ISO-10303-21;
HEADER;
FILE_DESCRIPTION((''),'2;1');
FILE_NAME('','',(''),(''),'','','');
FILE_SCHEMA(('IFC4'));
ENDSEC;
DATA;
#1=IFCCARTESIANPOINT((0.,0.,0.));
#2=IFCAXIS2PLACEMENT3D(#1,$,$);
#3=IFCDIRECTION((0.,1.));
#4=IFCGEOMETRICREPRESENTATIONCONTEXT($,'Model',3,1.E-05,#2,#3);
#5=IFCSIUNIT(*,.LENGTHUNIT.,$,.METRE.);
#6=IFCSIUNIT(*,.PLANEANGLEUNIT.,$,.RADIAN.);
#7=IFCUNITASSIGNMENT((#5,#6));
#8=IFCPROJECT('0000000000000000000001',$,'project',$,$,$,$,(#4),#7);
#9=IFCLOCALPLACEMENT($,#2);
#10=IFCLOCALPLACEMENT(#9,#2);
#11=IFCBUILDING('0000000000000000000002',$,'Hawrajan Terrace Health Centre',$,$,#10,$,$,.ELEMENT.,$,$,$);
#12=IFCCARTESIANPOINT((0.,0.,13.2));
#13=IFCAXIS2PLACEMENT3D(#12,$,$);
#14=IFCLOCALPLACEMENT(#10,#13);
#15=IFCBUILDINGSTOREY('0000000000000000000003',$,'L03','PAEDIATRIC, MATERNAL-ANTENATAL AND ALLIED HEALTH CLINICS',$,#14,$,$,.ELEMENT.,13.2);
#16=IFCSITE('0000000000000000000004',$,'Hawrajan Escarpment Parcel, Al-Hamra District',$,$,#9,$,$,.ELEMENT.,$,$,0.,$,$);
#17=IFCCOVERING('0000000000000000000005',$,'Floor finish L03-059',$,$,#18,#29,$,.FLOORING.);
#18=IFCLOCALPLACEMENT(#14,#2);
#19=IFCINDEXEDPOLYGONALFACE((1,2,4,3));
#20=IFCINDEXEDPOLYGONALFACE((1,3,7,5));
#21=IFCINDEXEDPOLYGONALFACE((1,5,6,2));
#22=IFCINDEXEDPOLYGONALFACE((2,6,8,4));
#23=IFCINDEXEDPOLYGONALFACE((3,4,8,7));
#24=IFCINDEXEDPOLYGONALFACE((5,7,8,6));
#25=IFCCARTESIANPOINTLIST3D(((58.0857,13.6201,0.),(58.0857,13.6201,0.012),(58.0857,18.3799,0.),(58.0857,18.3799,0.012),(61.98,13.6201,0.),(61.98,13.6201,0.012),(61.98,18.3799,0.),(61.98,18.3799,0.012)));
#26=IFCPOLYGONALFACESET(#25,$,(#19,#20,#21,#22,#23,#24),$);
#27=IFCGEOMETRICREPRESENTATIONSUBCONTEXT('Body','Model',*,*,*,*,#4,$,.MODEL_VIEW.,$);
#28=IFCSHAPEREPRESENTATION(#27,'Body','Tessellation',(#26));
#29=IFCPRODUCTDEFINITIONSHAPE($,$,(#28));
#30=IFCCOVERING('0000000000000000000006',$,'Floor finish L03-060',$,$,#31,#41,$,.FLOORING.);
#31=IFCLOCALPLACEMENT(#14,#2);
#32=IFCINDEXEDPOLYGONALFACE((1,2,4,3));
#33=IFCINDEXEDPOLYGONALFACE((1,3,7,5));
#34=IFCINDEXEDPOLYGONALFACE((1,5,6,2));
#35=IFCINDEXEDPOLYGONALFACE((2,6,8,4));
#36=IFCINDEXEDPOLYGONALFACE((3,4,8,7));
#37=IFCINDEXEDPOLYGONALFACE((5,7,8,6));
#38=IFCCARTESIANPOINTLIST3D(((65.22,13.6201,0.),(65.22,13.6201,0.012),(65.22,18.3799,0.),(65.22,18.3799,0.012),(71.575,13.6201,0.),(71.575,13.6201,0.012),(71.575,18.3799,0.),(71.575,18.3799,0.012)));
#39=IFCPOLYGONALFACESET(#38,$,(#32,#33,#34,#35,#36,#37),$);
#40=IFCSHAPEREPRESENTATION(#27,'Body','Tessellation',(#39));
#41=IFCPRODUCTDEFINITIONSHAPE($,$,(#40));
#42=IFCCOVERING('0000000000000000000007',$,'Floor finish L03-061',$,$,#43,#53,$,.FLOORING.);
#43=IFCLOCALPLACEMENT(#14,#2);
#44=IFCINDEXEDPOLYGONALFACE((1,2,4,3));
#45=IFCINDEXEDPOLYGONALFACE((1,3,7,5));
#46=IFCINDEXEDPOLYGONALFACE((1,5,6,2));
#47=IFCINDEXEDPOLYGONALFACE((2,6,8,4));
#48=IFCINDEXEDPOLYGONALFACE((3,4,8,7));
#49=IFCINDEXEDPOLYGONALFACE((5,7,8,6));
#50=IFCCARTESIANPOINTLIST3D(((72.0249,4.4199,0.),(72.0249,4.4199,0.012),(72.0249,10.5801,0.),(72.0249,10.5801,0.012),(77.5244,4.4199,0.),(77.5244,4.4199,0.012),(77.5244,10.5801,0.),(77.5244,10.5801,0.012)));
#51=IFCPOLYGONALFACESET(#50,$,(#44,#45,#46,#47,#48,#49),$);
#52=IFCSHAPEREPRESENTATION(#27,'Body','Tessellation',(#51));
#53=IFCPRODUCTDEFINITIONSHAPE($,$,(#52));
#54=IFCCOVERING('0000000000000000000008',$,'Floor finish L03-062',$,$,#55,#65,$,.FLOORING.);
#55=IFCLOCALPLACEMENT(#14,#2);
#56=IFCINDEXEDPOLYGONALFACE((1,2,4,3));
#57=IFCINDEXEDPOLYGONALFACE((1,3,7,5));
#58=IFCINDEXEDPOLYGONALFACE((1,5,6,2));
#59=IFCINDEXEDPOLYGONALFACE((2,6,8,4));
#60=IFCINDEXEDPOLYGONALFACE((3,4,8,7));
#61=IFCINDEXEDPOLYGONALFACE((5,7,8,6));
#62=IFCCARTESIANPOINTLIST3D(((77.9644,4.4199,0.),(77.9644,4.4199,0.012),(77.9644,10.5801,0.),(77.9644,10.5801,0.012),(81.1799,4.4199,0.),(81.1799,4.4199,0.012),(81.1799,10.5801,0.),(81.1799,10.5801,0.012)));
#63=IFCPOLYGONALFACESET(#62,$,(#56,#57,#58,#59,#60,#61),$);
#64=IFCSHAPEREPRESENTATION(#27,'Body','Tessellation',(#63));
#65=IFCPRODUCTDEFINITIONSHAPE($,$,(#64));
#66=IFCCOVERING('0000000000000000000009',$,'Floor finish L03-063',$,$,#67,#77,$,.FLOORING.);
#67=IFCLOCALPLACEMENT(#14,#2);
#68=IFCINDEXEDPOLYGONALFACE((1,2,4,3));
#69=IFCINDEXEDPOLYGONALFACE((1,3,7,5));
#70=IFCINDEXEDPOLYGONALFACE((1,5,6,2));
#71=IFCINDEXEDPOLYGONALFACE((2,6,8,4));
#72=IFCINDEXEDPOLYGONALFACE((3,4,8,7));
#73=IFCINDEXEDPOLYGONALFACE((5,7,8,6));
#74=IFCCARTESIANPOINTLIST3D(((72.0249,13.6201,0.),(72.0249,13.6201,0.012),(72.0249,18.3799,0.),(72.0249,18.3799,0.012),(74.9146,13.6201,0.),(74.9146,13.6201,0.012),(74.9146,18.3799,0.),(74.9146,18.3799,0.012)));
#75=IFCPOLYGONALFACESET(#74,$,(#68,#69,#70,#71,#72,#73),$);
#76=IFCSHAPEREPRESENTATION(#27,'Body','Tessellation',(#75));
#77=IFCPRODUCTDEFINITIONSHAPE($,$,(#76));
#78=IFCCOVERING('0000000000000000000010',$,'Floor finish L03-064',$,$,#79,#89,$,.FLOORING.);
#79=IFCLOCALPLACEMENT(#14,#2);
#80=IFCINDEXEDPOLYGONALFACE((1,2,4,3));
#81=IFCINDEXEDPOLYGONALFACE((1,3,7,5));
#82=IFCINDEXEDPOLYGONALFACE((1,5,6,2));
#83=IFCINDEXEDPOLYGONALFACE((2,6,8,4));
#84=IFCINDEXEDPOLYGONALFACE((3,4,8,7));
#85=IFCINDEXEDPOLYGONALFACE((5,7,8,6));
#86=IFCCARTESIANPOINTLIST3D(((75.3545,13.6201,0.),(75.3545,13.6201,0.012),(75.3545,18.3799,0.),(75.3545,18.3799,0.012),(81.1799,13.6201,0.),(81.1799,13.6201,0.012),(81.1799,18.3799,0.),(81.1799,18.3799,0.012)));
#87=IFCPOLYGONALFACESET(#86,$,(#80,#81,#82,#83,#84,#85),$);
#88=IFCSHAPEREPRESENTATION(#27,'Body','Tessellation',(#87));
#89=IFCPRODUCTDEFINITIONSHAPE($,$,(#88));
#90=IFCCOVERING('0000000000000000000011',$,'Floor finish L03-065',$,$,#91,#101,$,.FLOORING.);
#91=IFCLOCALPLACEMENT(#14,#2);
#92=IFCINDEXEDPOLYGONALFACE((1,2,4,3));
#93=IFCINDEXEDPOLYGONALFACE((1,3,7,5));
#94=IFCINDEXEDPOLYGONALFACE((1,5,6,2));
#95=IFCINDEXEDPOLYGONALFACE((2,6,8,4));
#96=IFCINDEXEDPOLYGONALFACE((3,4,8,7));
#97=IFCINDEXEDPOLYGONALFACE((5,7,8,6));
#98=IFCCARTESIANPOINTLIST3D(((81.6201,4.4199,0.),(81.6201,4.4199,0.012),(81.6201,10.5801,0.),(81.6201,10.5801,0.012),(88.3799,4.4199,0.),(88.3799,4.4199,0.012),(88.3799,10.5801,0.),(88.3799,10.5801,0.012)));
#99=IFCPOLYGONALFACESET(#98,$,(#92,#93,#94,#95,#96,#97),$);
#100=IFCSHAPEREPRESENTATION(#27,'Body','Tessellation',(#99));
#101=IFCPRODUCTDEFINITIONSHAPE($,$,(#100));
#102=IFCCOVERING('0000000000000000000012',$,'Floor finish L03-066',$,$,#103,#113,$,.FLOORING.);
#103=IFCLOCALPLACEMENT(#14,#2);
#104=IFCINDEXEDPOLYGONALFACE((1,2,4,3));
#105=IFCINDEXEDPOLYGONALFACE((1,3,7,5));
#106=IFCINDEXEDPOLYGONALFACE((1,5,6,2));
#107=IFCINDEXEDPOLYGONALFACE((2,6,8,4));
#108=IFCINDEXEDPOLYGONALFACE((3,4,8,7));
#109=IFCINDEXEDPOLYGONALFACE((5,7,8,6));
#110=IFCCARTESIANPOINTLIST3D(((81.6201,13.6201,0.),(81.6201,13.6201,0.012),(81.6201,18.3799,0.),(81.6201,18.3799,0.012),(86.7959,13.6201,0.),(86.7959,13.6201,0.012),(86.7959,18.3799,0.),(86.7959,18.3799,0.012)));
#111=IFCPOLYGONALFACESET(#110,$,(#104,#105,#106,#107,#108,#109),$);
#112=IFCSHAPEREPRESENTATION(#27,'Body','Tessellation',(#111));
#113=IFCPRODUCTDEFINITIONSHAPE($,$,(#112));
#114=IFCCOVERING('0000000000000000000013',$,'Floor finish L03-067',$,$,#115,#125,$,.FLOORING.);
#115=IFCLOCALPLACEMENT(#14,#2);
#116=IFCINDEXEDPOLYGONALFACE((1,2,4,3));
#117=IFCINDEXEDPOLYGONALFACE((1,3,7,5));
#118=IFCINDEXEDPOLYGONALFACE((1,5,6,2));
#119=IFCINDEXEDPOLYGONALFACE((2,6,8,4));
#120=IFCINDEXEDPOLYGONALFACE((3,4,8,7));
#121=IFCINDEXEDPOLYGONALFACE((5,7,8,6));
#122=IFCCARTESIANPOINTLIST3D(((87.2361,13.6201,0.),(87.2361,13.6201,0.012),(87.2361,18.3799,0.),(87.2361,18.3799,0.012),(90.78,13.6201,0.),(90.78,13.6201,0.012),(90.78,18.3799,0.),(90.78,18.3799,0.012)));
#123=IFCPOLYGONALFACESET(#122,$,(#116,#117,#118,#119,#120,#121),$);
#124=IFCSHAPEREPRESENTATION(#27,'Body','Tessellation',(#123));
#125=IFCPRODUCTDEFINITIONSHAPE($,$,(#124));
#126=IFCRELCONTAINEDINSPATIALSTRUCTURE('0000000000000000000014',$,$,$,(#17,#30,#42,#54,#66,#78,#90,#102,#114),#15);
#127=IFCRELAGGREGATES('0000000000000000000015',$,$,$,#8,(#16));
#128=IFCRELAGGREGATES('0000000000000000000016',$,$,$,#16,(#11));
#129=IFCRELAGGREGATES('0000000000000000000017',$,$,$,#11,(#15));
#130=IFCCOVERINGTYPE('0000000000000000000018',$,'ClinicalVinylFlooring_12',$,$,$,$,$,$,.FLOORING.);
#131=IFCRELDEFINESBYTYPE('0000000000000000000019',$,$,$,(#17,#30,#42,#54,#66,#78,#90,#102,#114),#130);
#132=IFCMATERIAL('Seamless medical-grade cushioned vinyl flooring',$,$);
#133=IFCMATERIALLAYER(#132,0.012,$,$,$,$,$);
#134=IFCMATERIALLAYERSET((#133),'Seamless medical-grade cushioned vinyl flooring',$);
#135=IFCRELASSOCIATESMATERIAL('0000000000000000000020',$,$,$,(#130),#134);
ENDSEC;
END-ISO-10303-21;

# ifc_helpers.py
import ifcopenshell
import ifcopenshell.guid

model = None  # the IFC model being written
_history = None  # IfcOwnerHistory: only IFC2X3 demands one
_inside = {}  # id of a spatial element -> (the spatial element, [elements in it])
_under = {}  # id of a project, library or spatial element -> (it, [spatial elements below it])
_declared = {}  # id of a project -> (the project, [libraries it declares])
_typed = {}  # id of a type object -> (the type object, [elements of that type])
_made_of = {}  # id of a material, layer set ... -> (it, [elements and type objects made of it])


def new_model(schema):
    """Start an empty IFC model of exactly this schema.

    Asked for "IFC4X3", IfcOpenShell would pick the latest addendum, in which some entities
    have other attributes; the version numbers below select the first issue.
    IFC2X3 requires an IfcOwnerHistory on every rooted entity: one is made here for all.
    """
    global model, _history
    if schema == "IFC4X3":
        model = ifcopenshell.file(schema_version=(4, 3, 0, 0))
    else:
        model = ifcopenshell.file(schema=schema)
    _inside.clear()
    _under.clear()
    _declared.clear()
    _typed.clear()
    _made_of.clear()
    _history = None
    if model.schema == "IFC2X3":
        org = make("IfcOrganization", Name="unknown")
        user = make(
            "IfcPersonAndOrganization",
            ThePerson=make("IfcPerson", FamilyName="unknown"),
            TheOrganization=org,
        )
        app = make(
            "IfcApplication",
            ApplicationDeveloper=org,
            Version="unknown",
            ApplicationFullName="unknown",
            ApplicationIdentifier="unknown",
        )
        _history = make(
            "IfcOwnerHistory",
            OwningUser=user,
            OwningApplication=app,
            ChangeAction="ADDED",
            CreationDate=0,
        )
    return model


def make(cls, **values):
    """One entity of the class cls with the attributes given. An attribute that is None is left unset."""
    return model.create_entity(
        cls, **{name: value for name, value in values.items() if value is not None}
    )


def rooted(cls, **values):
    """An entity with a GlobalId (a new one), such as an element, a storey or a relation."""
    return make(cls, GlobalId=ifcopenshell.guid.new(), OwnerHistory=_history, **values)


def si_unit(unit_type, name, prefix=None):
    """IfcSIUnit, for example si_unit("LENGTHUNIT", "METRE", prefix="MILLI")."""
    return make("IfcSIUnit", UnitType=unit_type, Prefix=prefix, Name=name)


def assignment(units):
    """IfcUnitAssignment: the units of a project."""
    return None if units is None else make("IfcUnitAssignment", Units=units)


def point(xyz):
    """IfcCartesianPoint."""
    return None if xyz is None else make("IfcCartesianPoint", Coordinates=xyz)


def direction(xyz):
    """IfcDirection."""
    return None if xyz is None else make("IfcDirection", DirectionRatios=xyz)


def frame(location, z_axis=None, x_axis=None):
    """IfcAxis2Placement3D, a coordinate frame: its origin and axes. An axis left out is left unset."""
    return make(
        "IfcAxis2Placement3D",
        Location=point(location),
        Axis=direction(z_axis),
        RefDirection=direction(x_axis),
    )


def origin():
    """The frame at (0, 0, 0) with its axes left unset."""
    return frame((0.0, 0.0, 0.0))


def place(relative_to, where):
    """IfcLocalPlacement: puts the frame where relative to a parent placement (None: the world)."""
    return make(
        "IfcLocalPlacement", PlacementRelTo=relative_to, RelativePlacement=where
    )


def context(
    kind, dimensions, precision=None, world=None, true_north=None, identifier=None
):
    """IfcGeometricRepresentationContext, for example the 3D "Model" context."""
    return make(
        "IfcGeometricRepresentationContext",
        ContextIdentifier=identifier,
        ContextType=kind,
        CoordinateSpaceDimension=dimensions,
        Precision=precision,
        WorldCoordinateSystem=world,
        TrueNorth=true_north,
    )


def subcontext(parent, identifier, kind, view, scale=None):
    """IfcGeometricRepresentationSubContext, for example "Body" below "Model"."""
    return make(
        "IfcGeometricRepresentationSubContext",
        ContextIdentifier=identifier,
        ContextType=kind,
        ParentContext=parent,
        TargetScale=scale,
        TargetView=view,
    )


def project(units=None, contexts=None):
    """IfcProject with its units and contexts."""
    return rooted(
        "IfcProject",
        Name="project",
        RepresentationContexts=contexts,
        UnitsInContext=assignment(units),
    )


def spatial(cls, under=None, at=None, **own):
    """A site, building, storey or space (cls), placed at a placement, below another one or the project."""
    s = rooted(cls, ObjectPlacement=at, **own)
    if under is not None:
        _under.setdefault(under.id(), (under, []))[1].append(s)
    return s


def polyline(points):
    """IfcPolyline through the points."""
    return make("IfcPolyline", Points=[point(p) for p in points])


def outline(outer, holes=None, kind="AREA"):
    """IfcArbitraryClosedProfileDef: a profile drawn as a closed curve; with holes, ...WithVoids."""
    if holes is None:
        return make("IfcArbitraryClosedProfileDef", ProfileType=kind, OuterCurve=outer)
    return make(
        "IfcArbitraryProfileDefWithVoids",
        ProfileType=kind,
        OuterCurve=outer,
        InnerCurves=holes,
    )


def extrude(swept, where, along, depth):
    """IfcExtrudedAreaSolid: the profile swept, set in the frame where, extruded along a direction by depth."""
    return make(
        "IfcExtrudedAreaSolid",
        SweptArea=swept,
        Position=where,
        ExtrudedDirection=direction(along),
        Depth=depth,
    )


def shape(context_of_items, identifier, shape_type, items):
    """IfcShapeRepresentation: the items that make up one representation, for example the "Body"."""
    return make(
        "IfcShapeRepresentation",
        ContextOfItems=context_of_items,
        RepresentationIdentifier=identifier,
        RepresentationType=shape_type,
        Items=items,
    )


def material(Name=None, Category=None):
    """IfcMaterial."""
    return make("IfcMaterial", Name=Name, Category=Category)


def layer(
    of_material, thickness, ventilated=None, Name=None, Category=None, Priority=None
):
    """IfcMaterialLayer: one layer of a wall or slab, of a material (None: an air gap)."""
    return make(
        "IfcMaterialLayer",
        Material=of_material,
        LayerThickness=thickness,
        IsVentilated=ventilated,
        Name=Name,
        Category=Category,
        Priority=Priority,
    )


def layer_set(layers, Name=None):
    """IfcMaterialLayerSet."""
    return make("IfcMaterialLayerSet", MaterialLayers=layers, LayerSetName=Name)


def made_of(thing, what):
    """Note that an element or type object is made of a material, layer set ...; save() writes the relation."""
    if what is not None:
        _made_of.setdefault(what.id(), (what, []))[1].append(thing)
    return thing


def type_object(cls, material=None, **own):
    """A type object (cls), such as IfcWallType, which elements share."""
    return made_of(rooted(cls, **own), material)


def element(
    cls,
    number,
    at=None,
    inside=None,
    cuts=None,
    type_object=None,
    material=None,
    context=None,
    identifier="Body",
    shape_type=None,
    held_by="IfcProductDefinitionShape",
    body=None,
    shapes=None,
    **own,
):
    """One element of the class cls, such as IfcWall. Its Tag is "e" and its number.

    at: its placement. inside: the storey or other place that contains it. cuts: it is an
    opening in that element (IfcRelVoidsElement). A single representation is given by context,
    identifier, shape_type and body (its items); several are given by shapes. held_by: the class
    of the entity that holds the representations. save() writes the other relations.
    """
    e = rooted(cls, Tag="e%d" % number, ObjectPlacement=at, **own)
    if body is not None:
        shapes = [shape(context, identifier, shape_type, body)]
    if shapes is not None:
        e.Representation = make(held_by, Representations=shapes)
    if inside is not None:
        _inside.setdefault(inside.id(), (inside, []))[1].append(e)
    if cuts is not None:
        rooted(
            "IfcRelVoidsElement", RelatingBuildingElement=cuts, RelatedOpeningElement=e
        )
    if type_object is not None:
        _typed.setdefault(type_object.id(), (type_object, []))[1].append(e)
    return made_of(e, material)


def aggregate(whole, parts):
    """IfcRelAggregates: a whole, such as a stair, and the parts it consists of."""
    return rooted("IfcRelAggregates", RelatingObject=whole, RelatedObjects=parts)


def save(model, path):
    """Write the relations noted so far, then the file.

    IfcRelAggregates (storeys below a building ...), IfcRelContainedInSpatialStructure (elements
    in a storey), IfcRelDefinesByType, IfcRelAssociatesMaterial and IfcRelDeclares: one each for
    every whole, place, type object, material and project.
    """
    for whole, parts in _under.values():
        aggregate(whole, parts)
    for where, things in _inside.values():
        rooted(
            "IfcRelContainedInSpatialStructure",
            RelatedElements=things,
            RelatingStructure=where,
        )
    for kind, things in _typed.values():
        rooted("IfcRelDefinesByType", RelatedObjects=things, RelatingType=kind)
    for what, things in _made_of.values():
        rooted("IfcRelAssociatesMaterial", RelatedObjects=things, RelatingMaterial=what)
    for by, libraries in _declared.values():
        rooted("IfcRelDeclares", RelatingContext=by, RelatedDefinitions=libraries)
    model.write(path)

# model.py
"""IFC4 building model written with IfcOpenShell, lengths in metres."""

from ifc_helpers import new_model, si_unit, direction, frame, origin, place, context, subcontext, project, spatial, polyline, outline, extrude, material, layer, layer_set, type_object, element, save


model = new_model("IFC4")

# Units and contexts
model_context = context("Model", 3, precision=1e-05, world=origin(), true_north=direction((0.0, 1.0)))
body_context = subcontext(model_context, "Body", "Model", "MODEL_VIEW")
ifc_project = project(units=[si_unit("LENGTHUNIT", "METRE"), si_unit("PLANEANGLEUNIT", "RADIAN")], contexts=[model_context])

# Site, building, storey
site_placement = place(None, origin())
site = spatial("IfcSite", under=ifc_project, at=site_placement, Name="Hawrajan Escarpment Parcel, Al-Hamra District", CompositionType="ELEMENT", RefElevation=0.0)
building_placement = place(site_placement, origin())
building = spatial("IfcBuilding", under=site, at=building_placement, Name="Hawrajan Terrace Health Centre", CompositionType="ELEMENT")
storey_placement = place(building_placement, frame((0.0, 0.0, 13.2)))
storey = spatial("IfcBuildingStorey", under=building, at=storey_placement, Name="L03", Description="PAEDIATRIC, MATERNAL-ANTENATAL AND ALLIED HEALTH CLINICS", CompositionType="ELEMENT", Elevation=13.2)

# Coverings
ifc_material_1 = material(Name="Seamless medical-grade cushioned vinyl flooring")
ifc_layer_1 = layer(ifc_material_1, 0.012)
ifc_layer_set_1 = layer_set([ifc_layer_1], Name="Seamless medical-grade cushioned vinyl flooring")
covering_type_1 = type_object("IfcCoveringType", Name="ClinicalVinylFlooring_12", PredefinedType="FLOORING", material=ifc_layer_set_1)
covering_1_placement = place(storey_placement, origin())
element("IfcCovering", 1, at=covering_1_placement, inside=storey, type_object=covering_type_1, Name="Floor finish L03-059", PredefinedType="FLOORING", context=body_context, shape_type="SweptSolid", body=[
    extrude(outline(polyline([(58.0857, 18.3799), (61.98, 18.3799), (61.98, 13.6201), (58.0857, 13.6201), (58.0857, 18.3799)])), origin(), (0.0, 0.0, 1.0), 0.012),
])
covering_2_placement = place(storey_placement, origin())
element("IfcCovering", 2, at=covering_2_placement, inside=storey, type_object=covering_type_1, Name="Floor finish L03-060", PredefinedType="FLOORING", context=body_context, shape_type="SweptSolid", body=[
    extrude(outline(polyline([(65.22, 18.3799), (71.575, 18.3799), (71.575, 13.6201), (65.22, 13.6201), (65.22, 18.3799)])), origin(), (0.0, 0.0, 1.0), 0.012),
])
covering_3_placement = place(storey_placement, origin())
element("IfcCovering", 3, at=covering_3_placement, inside=storey, type_object=covering_type_1, Name="Floor finish L03-061", PredefinedType="FLOORING", context=body_context, shape_type="SweptSolid", body=[
    extrude(outline(polyline([(72.0249, 10.5801), (77.5244, 10.5801), (77.5244, 4.4199), (72.0249, 4.4199), (72.0249, 10.5801)])), origin(), (0.0, 0.0, 1.0), 0.012),
])
covering_4_placement = place(storey_placement, origin())
element("IfcCovering", 4, at=covering_4_placement, inside=storey, type_object=covering_type_1, Name="Floor finish L03-062", PredefinedType="FLOORING", context=body_context, shape_type="SweptSolid", body=[
    extrude(outline(polyline([(77.9644, 10.5801), (81.1799, 10.5801), (81.1799, 4.4199), (77.9644, 4.4199), (77.9644, 10.5801)])), origin(), (0.0, 0.0, 1.0), 0.012),
])
covering_5_placement = place(storey_placement, origin())
element("IfcCovering", 5, at=covering_5_placement, inside=storey, type_object=covering_type_1, Name="Floor finish L03-063", PredefinedType="FLOORING", context=body_context, shape_type="SweptSolid", body=[
    extrude(outline(polyline([(72.0249, 18.3799), (74.9146, 18.3799), (74.9146, 13.6201), (72.0249, 13.6201), (72.0249, 18.3799)])), origin(), (0.0, 0.0, 1.0), 0.012),
])
covering_6_placement = place(storey_placement, origin())
element("IfcCovering", 6, at=covering_6_placement, inside=storey, type_object=covering_type_1, Name="Floor finish L03-064", PredefinedType="FLOORING", context=body_context, shape_type="SweptSolid", body=[
    extrude(outline(polyline([(75.3545, 18.3799), (81.1799, 18.3799), (81.1799, 13.6201), (75.3545, 13.6201), (75.3545, 18.3799)])), origin(), (0.0, 0.0, 1.0), 0.012),
])
covering_7_placement = place(storey_placement, origin())
element("IfcCovering", 7, at=covering_7_placement, inside=storey, type_object=covering_type_1, Name="Floor finish L03-065", PredefinedType="FLOORING", context=body_context, shape_type="SweptSolid", body=[
    extrude(outline(polyline([(81.6201, 10.5801), (88.3799, 10.5801), (88.3799, 4.4199), (81.6201, 4.4199), (81.6201, 10.5801)])), origin(), (0.0, 0.0, 1.0), 0.012),
])
covering_8_placement = place(storey_placement, origin())
element("IfcCovering", 8, at=covering_8_placement, inside=storey, type_object=covering_type_1, Name="Floor finish L03-066", PredefinedType="FLOORING", context=body_context, shape_type="SweptSolid", body=[
    extrude(outline(polyline([(81.6201, 18.3799), (86.7959, 18.3799), (86.7959, 13.6201), (81.6201, 13.6201), (81.6201, 18.3799)])), origin(), (0.0, 0.0, 1.0), 0.012),
])
covering_9_placement = place(storey_placement, origin())
element("IfcCovering", 9, at=covering_9_placement, inside=storey, type_object=covering_type_1, Name="Floor finish L03-067", PredefinedType="FLOORING", context=body_context, shape_type="SweptSolid", body=[
    extrude(outline(polyline([(87.2361, 18.3799), (90.78, 18.3799), (90.78, 13.6201), (87.2361, 13.6201), (87.2361, 18.3799)])), origin(), (0.0, 0.0, 1.0), 0.012),
])

save(model, "model.ifc")
